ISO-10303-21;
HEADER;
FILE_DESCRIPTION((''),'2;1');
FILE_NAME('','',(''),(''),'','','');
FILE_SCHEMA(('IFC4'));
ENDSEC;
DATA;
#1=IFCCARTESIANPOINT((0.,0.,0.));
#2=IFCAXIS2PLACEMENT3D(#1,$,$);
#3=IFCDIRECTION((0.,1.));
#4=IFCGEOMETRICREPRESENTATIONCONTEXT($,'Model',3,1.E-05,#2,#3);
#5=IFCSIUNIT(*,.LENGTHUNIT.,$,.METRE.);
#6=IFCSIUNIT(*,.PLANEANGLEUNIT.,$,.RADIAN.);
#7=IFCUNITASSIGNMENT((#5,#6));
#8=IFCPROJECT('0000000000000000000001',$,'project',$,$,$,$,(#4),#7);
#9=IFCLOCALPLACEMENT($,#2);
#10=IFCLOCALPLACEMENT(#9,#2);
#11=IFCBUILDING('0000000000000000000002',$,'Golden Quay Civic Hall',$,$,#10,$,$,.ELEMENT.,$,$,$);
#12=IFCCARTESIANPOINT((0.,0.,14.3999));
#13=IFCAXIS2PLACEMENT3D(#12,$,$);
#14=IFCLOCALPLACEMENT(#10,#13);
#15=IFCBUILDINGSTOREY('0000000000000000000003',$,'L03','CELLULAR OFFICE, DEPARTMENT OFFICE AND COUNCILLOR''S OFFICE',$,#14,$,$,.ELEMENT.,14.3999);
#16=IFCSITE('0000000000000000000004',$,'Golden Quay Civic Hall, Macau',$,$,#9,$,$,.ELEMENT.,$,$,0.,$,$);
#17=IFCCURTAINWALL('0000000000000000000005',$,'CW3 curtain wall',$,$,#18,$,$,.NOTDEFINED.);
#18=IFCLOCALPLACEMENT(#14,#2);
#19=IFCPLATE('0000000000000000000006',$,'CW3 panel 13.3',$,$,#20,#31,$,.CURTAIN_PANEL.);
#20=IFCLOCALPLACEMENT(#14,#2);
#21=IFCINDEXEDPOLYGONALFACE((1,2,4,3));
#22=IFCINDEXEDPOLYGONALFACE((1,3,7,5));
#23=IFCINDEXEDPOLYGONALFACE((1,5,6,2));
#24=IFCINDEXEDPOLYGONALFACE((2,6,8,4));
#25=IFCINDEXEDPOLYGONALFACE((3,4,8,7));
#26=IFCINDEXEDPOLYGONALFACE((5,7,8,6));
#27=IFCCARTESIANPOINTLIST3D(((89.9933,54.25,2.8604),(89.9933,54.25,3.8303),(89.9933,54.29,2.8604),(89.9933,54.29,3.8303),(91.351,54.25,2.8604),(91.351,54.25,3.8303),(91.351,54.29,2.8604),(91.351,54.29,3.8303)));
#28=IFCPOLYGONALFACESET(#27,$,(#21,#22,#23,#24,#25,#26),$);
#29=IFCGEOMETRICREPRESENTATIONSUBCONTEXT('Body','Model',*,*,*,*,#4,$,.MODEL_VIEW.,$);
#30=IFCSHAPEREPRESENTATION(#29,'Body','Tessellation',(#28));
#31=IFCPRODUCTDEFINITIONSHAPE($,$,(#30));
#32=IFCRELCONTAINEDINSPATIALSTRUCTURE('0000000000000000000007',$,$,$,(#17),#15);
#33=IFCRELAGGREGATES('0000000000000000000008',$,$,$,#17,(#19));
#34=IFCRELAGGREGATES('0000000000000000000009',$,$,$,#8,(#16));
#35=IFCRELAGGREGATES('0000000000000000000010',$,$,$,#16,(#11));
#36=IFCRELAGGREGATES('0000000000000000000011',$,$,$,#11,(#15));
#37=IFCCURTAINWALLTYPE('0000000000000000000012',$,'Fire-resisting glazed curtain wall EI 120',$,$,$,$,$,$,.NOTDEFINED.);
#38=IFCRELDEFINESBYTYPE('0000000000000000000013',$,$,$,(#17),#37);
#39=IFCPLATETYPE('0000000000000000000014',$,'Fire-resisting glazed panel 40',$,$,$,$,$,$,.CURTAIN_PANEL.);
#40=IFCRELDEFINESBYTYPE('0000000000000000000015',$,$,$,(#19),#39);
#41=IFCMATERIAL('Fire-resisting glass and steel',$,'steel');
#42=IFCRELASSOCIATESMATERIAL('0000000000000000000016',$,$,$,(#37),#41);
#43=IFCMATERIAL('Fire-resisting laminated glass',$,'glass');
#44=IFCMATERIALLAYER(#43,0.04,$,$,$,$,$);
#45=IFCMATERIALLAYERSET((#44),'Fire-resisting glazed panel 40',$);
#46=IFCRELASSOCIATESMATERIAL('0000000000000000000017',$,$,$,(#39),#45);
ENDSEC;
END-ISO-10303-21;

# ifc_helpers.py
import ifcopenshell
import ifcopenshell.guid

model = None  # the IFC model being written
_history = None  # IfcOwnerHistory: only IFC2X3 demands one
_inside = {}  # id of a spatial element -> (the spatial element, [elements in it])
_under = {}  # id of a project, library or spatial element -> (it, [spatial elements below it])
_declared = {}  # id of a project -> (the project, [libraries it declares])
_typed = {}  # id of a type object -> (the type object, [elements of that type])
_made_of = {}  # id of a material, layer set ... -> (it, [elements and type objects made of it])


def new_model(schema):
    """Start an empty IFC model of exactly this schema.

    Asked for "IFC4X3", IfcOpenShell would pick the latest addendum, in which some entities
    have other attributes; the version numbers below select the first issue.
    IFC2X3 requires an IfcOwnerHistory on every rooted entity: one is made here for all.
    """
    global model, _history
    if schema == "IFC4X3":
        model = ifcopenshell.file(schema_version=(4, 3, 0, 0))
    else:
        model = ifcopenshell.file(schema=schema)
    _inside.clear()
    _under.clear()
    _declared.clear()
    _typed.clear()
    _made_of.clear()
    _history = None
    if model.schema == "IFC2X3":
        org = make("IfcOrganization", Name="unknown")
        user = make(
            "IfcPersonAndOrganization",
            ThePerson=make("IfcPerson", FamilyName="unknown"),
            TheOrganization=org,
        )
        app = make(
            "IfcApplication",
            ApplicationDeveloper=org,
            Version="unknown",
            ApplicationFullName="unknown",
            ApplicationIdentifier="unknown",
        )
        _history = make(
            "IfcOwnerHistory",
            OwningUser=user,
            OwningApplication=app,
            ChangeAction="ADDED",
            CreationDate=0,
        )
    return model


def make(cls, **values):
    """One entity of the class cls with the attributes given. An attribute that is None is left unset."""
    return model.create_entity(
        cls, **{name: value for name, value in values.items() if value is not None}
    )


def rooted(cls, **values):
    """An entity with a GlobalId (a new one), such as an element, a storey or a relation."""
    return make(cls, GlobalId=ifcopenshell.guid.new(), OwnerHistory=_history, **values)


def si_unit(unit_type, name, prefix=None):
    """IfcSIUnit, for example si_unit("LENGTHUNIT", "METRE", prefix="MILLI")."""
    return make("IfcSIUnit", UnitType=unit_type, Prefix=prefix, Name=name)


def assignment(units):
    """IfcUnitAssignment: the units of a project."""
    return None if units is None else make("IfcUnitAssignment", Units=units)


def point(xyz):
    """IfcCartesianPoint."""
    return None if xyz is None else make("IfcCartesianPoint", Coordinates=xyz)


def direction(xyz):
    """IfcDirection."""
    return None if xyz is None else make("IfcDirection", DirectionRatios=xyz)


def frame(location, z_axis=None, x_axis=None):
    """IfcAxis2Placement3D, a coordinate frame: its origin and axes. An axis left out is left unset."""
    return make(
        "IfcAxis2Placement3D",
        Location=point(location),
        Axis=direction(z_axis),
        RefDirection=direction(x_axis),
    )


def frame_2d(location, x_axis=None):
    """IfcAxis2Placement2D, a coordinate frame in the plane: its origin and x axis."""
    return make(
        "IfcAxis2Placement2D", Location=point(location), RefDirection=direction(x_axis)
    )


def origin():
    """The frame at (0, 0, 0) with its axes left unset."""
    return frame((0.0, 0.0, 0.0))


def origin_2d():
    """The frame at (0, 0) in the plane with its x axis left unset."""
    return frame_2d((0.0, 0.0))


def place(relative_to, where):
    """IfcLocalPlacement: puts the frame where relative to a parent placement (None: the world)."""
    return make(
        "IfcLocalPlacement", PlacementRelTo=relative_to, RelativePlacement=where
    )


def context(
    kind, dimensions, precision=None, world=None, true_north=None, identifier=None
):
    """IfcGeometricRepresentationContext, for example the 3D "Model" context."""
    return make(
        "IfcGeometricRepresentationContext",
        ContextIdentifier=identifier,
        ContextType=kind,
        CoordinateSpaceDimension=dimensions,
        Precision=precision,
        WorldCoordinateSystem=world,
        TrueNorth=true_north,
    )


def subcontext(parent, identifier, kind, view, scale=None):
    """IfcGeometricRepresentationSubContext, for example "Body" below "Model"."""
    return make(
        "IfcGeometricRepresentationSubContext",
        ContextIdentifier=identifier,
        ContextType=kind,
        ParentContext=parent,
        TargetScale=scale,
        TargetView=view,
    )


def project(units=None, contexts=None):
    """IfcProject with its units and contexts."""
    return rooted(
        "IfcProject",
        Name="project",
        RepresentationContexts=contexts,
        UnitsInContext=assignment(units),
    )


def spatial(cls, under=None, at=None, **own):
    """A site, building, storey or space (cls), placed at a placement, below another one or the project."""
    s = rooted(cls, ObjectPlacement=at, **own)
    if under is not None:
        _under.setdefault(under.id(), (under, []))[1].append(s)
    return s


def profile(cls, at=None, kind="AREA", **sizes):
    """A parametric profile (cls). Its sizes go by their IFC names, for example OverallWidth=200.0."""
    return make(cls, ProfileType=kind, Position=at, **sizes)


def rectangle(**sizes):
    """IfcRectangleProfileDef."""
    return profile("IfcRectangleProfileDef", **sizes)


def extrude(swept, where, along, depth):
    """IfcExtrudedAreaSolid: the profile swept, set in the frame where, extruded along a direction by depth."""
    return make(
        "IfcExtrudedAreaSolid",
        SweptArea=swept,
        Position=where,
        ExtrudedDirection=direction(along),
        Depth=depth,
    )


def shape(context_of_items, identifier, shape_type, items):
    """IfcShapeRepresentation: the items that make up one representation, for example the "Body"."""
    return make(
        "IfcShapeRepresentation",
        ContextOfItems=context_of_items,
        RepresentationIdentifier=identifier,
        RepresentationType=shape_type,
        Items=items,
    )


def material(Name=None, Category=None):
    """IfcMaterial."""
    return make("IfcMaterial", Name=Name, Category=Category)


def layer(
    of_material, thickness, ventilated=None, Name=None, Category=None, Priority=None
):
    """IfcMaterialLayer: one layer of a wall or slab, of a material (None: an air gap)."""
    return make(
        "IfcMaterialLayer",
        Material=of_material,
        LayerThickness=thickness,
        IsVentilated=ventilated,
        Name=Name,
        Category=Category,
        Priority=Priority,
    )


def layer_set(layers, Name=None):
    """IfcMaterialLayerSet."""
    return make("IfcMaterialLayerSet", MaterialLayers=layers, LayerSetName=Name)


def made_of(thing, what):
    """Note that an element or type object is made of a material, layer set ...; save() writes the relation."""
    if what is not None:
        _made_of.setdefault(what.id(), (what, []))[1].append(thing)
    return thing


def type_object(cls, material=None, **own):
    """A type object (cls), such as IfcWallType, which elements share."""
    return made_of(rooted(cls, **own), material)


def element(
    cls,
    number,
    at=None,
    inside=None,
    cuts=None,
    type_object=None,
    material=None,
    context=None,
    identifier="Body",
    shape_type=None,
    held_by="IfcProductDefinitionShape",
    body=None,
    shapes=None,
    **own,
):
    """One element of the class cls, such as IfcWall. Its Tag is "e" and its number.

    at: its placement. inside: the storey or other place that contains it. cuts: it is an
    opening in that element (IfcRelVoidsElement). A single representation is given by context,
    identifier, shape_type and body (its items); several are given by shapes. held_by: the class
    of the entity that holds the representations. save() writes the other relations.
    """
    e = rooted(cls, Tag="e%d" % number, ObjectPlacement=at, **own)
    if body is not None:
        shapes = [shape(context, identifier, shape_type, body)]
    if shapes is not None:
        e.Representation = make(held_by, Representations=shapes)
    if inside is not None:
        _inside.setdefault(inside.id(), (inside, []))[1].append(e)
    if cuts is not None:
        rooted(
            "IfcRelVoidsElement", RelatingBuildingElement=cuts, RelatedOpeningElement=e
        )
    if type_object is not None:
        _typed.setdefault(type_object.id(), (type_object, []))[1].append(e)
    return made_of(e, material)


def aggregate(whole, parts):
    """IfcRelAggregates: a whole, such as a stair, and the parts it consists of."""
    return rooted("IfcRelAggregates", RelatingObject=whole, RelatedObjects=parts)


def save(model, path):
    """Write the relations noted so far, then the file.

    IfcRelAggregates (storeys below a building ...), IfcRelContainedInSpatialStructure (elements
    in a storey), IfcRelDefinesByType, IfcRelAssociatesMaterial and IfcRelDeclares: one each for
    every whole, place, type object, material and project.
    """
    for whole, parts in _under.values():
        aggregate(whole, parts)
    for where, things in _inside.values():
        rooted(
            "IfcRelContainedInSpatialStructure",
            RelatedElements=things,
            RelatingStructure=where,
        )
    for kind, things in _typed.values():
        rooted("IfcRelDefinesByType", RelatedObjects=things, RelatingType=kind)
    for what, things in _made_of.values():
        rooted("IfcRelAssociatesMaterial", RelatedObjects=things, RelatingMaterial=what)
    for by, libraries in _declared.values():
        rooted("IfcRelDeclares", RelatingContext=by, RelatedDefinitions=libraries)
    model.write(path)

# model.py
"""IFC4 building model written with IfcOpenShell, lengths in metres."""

from ifc_helpers import new_model, si_unit, direction, frame, origin, origin_2d, place, context, subcontext, project, spatial, rectangle, extrude, material, layer, layer_set, type_object, element, aggregate, save


model = new_model("IFC4")

# Units and contexts
model_context = context("Model", 3, precision=1e-05, world=origin(), true_north=direction((0.0, 1.0)))
body_context = subcontext(model_context, "Body", "Model", "MODEL_VIEW")
ifc_project = project(units=[si_unit("LENGTHUNIT", "METRE"), si_unit("PLANEANGLEUNIT", "RADIAN")], contexts=[model_context])

# Site, building, storey
site_placement = place(None, origin())
site = spatial("IfcSite", under=ifc_project, at=site_placement, Name="Golden Quay Civic Hall, Macau", CompositionType="ELEMENT", RefElevation=0.0)
building_placement = place(site_placement, origin())
building = spatial("IfcBuilding", under=site, at=building_placement, Name="Golden Quay Civic Hall", CompositionType="ELEMENT")
storey_placement = place(building_placement, frame((0.0, 0.0, 14.3999)))
storey = spatial("IfcBuildingStorey", under=building, at=storey_placement, Name="L03", Description="CELLULAR OFFICE, DEPARTMENT OFFICE AND COUNCILLOR'S OFFICE", CompositionType="ELEMENT", Elevation=14.3999)

# Curtain wall, plate
ifc_material_1 = material(Name="Fire-resisting glass and steel", Category="steel")
curtain_wall_type = type_object("IfcCurtainWallType", Name="Fire-resisting glazed curtain wall EI 120", PredefinedType="NOTDEFINED", material=ifc_material_1)
curtain_wall_placement = place(storey_placement, origin())
curtain_wall = element("IfcCurtainWall", 1, at=curtain_wall_placement, inside=storey, type_object=curtain_wall_type, Name="CW3 curtain wall", PredefinedType="NOTDEFINED")
ifc_material_2 = material(Name="Fire-resisting laminated glass", Category="glass")
ifc_layer = layer(ifc_material_2, 0.04)
ifc_layer_set = layer_set([ifc_layer], Name="Fire-resisting glazed panel 40")
plate_type = type_object("IfcPlateType", Name="Fire-resisting glazed panel 40", PredefinedType="CURTAIN_PANEL", material=ifc_layer_set)
plate_1_placement = place(storey_placement, frame((90.6721, 54.27, 2.8604), z_axis=(0.0, 0.0, 1.0), x_axis=(1.0, 0.0, 0.0)))
plate_1 = element("IfcPlate", 2, at=plate_1_placement, type_object=plate_type, Name="CW3 panel 13.3", PredefinedType="CURTAIN_PANEL", context=body_context, shape_type="SweptSolid", body=[
    extrude(rectangle(XDim=1.3577, YDim=0.04, at=origin_2d()), origin(), (0.0, 0.0, 1.0), 0.97),
])
aggregate(curtain_wall, [plate_1])

save(model, "model.ifc")
